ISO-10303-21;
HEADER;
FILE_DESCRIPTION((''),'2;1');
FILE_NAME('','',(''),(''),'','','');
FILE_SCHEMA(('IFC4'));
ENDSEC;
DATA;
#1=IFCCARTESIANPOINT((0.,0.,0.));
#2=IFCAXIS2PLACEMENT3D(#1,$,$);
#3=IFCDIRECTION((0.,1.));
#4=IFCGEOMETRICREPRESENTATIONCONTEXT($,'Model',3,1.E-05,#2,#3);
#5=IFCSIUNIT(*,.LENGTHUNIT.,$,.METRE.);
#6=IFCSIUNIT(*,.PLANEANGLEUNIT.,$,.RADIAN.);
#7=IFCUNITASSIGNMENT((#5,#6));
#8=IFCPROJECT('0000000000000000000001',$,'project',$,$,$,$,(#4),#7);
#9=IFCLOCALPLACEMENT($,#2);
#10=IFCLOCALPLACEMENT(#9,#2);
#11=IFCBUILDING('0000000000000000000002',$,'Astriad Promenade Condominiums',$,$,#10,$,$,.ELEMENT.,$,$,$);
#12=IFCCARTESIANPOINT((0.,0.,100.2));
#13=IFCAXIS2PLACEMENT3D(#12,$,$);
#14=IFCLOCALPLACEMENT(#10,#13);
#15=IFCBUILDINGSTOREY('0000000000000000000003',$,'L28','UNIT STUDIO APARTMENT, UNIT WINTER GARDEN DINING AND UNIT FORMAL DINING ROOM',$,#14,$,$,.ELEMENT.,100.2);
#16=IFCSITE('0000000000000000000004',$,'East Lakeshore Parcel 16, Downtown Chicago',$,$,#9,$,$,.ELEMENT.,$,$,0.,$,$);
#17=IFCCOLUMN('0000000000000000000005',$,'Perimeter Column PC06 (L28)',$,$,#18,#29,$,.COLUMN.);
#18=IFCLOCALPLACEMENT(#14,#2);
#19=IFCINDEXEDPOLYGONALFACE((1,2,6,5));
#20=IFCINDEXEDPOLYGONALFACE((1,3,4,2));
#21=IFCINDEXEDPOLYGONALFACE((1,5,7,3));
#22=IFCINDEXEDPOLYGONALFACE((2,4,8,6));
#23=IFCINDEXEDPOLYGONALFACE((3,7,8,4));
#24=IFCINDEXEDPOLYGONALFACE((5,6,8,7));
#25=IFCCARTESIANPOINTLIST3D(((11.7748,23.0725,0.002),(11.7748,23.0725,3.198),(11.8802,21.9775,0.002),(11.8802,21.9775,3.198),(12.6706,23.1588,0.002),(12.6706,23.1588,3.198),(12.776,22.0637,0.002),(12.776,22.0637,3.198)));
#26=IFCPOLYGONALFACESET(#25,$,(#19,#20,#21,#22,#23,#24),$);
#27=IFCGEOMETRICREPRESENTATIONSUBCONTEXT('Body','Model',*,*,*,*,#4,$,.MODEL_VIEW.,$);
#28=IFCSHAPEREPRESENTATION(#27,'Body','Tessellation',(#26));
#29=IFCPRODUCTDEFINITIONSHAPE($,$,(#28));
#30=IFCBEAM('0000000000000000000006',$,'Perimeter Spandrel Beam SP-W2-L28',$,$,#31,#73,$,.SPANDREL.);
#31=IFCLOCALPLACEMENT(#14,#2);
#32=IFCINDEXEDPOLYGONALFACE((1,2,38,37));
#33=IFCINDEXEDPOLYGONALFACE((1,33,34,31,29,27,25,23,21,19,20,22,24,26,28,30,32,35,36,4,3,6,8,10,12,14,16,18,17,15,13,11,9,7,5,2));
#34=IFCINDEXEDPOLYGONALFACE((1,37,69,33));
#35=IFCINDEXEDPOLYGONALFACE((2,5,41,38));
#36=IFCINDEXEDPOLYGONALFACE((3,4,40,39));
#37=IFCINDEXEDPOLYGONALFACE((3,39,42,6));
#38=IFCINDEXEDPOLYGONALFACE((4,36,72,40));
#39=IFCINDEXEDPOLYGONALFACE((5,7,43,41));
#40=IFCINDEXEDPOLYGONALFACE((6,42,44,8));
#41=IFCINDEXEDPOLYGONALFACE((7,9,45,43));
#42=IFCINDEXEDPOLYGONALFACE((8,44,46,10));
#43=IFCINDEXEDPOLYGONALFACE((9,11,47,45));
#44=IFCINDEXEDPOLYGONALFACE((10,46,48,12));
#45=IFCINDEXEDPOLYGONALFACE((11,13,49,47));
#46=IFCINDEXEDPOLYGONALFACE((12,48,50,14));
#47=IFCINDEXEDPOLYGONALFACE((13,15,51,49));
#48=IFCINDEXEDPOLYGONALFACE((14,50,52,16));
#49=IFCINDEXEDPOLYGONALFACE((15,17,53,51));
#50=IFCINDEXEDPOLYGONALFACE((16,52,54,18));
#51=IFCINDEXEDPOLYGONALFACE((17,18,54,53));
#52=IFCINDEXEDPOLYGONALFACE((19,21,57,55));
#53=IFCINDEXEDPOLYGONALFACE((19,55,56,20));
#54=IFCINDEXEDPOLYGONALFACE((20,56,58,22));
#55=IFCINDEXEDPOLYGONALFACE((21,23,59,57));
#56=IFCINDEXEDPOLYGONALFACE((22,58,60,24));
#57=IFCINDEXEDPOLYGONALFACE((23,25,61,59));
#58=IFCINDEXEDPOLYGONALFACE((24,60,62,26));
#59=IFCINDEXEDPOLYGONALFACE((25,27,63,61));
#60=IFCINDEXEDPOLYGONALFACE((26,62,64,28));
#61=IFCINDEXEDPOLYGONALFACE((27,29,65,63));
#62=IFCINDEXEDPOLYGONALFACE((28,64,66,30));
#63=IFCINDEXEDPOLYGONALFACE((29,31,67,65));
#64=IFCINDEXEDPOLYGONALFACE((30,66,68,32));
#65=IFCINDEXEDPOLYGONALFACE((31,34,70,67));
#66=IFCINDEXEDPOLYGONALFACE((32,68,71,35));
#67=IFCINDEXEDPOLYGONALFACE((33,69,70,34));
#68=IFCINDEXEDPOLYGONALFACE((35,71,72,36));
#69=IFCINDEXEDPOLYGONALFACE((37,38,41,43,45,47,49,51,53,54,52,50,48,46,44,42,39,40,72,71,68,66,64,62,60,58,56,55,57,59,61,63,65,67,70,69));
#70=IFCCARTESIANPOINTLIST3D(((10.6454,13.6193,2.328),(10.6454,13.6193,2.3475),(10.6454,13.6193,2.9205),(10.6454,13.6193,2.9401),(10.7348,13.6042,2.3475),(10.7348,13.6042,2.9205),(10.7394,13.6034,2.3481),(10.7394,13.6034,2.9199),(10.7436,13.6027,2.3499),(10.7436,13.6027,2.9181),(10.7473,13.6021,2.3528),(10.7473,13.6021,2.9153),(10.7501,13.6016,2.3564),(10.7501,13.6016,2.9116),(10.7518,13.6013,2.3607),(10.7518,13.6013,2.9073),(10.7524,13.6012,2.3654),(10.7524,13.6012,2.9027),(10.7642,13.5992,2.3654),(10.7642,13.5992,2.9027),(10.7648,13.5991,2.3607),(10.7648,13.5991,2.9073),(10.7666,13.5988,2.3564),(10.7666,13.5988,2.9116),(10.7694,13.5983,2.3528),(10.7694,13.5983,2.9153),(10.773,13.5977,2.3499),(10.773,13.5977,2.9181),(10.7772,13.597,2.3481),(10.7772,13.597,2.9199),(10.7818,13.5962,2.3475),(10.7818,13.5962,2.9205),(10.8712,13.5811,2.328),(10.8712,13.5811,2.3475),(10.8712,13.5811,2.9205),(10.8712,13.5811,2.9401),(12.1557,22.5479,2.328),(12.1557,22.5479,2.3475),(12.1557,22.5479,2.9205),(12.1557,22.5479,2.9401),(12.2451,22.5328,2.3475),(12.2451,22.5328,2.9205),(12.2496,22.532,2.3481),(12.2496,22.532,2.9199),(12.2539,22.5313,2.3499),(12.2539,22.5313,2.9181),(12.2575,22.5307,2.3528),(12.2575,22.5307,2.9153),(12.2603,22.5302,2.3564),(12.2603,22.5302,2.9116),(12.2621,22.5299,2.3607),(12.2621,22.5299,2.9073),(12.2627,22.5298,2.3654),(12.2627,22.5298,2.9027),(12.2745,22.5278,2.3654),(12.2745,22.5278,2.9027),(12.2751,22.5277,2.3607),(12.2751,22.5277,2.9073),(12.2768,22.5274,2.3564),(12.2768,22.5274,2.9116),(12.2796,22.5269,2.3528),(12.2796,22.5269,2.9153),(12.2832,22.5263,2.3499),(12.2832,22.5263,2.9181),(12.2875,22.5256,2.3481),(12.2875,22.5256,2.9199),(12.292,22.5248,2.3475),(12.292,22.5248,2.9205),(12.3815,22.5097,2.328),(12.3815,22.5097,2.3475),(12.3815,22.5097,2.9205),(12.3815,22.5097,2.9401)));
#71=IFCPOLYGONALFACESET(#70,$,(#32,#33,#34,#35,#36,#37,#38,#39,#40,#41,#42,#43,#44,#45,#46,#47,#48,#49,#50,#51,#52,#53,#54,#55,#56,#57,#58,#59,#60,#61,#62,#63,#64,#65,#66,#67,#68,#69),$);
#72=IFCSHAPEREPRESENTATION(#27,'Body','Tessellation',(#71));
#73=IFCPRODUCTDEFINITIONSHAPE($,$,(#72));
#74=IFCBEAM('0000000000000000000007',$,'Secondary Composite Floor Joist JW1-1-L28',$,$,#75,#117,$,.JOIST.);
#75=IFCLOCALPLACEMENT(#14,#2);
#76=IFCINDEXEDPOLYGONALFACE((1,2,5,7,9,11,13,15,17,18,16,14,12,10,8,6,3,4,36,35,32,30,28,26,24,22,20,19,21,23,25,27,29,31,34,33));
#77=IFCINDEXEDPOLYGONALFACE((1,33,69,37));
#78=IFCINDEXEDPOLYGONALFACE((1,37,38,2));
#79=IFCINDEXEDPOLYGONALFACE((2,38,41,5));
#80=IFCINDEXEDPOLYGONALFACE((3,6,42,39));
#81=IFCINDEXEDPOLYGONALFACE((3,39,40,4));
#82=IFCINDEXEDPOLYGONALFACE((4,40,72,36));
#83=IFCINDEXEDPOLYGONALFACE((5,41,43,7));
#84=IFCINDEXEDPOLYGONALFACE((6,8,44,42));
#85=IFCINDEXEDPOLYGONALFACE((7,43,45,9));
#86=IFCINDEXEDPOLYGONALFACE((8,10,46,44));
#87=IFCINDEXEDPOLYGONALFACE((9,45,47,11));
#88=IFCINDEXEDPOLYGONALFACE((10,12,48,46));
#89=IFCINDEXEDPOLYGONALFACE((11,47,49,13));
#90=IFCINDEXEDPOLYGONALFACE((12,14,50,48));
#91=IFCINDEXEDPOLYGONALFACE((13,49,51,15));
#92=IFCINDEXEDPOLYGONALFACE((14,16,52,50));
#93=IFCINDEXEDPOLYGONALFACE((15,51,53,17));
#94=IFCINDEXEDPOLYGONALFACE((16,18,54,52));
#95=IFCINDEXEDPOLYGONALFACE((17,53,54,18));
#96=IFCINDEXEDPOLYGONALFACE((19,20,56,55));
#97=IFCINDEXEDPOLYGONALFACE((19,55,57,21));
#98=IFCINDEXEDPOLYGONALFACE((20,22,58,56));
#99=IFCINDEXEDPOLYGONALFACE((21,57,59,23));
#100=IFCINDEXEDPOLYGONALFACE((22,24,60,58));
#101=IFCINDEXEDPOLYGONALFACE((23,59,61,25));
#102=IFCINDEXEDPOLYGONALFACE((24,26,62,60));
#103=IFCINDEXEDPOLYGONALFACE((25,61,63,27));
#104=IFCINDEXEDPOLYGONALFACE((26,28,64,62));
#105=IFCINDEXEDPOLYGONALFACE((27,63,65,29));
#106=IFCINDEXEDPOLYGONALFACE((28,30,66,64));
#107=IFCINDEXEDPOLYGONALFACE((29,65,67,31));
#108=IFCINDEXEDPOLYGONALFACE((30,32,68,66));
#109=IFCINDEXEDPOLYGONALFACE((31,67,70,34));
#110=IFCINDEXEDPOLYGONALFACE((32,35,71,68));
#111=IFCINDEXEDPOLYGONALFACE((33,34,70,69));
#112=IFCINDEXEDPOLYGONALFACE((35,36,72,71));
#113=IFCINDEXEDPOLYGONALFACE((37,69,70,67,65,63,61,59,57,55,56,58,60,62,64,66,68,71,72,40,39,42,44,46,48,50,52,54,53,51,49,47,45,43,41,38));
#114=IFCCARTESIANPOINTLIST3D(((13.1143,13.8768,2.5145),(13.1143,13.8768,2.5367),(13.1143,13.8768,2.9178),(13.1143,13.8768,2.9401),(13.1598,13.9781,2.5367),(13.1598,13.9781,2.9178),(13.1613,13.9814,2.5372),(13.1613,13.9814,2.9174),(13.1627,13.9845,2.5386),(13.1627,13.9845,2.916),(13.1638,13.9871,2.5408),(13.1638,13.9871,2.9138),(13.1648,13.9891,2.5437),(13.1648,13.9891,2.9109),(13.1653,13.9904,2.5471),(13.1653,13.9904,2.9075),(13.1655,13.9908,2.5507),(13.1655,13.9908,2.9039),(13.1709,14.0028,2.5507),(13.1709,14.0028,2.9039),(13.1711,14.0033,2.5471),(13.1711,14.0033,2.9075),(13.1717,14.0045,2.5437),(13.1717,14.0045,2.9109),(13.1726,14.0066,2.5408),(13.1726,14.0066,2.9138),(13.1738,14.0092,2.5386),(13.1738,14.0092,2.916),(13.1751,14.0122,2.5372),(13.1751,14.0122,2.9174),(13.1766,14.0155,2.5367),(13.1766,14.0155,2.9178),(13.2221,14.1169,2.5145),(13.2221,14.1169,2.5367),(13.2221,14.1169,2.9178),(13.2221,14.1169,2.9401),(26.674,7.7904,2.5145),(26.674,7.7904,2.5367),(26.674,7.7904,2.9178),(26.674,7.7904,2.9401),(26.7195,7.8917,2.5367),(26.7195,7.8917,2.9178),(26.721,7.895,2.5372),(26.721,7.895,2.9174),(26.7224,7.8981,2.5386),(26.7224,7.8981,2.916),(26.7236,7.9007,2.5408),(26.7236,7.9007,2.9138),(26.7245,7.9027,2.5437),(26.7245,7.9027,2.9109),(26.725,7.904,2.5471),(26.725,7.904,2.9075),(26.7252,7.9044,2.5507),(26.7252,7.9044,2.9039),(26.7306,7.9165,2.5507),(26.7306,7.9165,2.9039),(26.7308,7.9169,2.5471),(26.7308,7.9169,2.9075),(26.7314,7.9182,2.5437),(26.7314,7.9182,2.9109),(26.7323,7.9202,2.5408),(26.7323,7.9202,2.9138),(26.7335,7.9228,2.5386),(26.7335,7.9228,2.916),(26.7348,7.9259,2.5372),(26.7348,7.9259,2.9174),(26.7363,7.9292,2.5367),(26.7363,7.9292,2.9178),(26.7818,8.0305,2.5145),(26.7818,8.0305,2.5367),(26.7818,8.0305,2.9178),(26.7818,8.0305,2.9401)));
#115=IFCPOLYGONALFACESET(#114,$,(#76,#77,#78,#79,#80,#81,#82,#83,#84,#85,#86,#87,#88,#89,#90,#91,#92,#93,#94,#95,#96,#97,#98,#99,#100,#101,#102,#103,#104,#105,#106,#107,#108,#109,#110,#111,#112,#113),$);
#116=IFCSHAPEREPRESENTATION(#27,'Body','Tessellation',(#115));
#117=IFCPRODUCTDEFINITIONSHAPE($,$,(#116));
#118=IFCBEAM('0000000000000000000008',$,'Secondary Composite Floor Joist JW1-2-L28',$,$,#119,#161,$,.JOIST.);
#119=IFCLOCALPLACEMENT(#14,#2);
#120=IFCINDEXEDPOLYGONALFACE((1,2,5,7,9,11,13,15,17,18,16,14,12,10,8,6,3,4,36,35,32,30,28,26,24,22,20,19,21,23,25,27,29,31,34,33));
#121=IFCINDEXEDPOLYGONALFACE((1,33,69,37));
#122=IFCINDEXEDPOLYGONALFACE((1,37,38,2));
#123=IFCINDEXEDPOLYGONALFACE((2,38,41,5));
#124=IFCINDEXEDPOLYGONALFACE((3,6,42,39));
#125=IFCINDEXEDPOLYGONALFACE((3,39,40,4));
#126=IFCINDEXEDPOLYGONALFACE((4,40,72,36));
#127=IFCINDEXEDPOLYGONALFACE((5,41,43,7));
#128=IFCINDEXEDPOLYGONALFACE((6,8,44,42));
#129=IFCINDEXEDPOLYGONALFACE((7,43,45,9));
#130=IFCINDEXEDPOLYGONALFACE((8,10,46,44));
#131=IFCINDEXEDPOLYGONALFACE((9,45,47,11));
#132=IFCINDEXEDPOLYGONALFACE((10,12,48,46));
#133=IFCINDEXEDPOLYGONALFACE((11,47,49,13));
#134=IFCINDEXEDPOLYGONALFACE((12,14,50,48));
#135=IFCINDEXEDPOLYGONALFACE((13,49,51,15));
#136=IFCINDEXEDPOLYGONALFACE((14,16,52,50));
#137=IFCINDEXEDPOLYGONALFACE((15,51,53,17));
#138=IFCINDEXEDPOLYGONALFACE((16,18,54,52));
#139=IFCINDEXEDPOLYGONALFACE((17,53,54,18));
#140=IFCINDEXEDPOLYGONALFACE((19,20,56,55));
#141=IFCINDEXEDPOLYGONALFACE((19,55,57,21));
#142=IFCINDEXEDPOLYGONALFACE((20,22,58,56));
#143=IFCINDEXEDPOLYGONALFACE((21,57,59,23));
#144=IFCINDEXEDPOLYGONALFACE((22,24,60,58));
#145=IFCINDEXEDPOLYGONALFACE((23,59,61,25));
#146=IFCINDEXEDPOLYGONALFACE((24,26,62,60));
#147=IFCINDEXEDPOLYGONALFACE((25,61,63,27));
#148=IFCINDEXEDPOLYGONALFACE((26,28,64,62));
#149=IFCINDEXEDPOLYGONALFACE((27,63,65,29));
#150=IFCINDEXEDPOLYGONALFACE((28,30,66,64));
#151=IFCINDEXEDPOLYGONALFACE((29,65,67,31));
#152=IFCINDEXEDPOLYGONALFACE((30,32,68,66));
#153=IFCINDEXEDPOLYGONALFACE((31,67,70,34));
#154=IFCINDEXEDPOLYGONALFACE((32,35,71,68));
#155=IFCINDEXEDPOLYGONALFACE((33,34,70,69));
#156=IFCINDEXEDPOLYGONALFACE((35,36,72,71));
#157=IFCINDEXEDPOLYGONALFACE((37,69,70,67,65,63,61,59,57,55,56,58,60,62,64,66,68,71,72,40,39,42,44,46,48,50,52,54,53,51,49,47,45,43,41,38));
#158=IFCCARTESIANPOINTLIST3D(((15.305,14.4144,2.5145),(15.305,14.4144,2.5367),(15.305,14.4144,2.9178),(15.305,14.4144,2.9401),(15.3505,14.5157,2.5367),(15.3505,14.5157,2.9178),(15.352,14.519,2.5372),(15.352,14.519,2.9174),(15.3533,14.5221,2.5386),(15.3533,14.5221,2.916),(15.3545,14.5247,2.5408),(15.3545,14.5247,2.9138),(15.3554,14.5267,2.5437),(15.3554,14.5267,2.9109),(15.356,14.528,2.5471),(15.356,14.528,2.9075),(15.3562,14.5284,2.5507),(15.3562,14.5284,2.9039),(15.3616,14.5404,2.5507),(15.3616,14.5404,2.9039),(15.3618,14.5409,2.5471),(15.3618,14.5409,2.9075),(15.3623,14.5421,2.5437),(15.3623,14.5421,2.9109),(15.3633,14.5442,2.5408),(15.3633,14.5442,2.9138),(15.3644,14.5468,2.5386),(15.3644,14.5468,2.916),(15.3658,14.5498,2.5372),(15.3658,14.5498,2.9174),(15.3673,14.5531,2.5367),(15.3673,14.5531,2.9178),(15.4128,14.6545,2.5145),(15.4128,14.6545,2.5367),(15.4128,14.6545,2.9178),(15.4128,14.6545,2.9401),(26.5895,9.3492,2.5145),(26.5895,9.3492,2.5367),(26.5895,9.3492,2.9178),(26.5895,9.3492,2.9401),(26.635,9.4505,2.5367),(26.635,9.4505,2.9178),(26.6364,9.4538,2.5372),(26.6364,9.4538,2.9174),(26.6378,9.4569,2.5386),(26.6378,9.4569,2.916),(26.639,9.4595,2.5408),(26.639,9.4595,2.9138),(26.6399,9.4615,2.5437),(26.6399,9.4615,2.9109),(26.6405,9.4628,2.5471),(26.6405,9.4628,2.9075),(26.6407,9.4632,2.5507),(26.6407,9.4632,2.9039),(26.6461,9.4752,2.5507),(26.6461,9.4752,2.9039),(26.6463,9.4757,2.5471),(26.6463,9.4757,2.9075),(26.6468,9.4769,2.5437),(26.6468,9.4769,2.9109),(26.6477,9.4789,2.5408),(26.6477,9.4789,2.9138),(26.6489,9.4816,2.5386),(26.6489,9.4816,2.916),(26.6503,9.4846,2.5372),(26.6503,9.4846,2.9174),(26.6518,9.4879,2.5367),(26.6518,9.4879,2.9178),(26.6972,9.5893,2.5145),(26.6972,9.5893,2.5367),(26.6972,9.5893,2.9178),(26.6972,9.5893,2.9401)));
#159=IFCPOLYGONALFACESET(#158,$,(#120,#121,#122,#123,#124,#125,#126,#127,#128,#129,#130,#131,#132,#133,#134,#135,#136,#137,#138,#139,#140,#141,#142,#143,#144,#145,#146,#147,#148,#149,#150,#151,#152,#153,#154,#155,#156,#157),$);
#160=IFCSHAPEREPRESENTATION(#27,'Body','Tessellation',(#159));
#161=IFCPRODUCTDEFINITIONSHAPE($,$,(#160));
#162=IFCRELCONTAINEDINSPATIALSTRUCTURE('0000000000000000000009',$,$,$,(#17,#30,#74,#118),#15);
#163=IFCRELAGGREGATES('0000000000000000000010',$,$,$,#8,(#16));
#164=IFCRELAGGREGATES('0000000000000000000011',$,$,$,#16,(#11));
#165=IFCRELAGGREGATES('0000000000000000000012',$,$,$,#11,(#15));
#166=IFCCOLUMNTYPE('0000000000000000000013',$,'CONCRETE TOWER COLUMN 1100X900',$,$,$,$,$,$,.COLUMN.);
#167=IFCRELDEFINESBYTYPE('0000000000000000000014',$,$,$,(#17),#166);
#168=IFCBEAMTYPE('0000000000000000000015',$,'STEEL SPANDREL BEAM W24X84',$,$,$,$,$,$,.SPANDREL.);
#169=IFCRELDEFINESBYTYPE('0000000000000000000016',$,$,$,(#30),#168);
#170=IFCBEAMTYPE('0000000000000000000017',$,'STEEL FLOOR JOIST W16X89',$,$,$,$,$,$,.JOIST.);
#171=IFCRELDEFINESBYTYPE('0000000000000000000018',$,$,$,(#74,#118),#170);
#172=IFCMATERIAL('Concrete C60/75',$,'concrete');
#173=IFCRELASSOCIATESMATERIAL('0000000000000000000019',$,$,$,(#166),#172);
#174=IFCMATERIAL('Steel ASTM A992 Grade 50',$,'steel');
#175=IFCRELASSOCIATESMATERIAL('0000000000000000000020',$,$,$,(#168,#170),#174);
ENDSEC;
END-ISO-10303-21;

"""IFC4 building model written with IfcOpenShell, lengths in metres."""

from ifc_helpers import new_model, si_unit, direction, frame, origin, origin_2d, place, context, subcontext, project, spatial, rectangle, i_section, extrude, source, transform, mapped, material, material_profile, profile_set, type_object, type_shapes, element, save


model = new_model("IFC4")

# Units and contexts
model_context = context("Model", 3, precision=1e-05, world=origin(), true_north=direction((0.0, 1.0)))
body_context = subcontext(model_context, "Body", "Model", "MODEL_VIEW")
ifc_project = project(units=[si_unit("LENGTHUNIT", "METRE"), si_unit("PLANEANGLEUNIT", "RADIAN")], contexts=[model_context])

# Site, building, storey
site_placement = place(None, origin())
site = spatial("IfcSite", under=ifc_project, at=site_placement, Name="East Lakeshore Parcel 16, Downtown Chicago", CompositionType="ELEMENT", RefElevation=0.0)
building_placement = place(site_placement, origin())
building = spatial("IfcBuilding", under=site, at=building_placement, Name="Astriad Promenade Condominiums", CompositionType="ELEMENT")
storey_placement = place(building_placement, frame((0.0, 0.0, 100.2)))
storey = spatial("IfcBuildingStorey", under=building, at=storey_placement, Name="L28", Description="UNIT STUDIO APARTMENT, UNIT WINTER GARDEN DINING AND UNIT FORMAL DINING ROOM", CompositionType="ELEMENT", Elevation=100.2)

# Column
ifc_material_1 = material(Name="Concrete C60/75", Category="concrete")
ifc_material_profile_1 = material_profile(ifc_material_1, rectangle(XDim=0.8999, YDim=1.1001, at=origin_2d()), Name="RC-COL-1100X900")
ifc_profile_set_1 = profile_set([ifc_material_profile_1], Name="Concrete C60/75")
column_type = type_object("IfcColumnType", Name="CONCRETE TOWER COLUMN 1100X900", PredefinedType="COLUMN", material=ifc_profile_set_1)
shared_shape_1 = source(origin(), body_context, "Body", "SweptSolid", [
    extrude(rectangle(XDim=0.8999, YDim=1.1001, at=origin_2d()), origin(), (0.0, 0.0, 1.0), 3.196),
])
type_shapes(column_type, [shared_shape_1])
column_placement = place(storey_placement, frame((12.2754, 22.5681, 0.002), z_axis=(0.0, 0.0, 1.0), x_axis=(0.995396, 0.095846, 0.0)))
element("IfcColumn", 1, at=column_placement, inside=storey, type_object=column_type, Name="Perimeter Column PC06 (L28)", PredefinedType="COLUMN", context=body_context, shape_type="MappedRepresentation", body=[
    mapped(shared_shape_1, transform((0.0, 0.0, 0.0), scale=1.0)),
])

# Beams
ifc_material_2 = material(Name="Steel ASTM A992 Grade 50", Category="steel")
ifc_material_profile_2 = material_profile(ifc_material_2, i_section(OverallWidth=0.229, OverallDepth=0.6121, WebThickness=0.012, FlangeThickness=0.0195, FilletRadius=0.0178, at=origin_2d()), Name="W24X84")
ifc_profile_set_2 = profile_set([ifc_material_profile_2], Name="Steel ASTM A992 Grade 50")
beam_type_1 = type_object("IfcBeamType", Name="STEEL SPANDREL BEAM W24X84", PredefinedType="SPANDREL", material=ifc_profile_set_2)
shared_shape_2 = source(origin(), body_context, "Body", "SweptSolid", [
    extrude(i_section(OverallWidth=0.229, OverallDepth=0.6121, WebThickness=0.012, FlangeThickness=0.0195, FilletRadius=0.0178, at=origin_2d()), origin(), (0.0, 0.0, 1.0), 9.0554),
])
type_shapes(beam_type_1, [shared_shape_2])
beam_1_placement = place(storey_placement, frame((12.2686, 22.5288, 2.634), z_axis=(-0.166777, -0.985995, 0.0), x_axis=(0.985995, -0.166777, 0.0)))
element("IfcBeam", 2, at=beam_1_placement, inside=storey, type_object=beam_type_1, Name="Perimeter Spandrel Beam SP-W2-L28", PredefinedType="SPANDREL", context=body_context, shape_type="MappedRepresentation", body=[
    mapped(shared_shape_2, transform((0.0, 0.0, 0.0), scale=1.0)),
])
ifc_material_profile_3 = material_profile(ifc_material_2, i_section(OverallWidth=0.2632, OverallDepth=0.4255, WebThickness=0.0132, FlangeThickness=0.0222, FilletRadius=0.0139, at=origin_2d()), Name="W16X89")
ifc_profile_set_3 = profile_set([ifc_material_profile_3], Name="Steel ASTM A992 Grade 50")
beam_type_2 = type_object("IfcBeamType", Name="STEEL FLOOR JOIST W16X89", PredefinedType="JOIST", material=ifc_profile_set_3)
shared_shape_3 = source(origin(), body_context, "Body", "SweptSolid", [
    extrude(i_section(OverallWidth=0.2632, OverallDepth=0.4255, WebThickness=0.0132, FlangeThickness=0.0222, FilletRadius=0.0139, at=origin_2d()), origin(), (0.0, 0.0, 1.0), 14.863),
])
beam_2_placement = place(storey_placement, frame((13.1682, 13.9968, 2.7273), z_axis=(0.912311, -0.409498, 0.0), x_axis=(0.409498, 0.912311, 0.0)))
element("IfcBeam", 3, at=beam_2_placement, inside=storey, type_object=beam_type_2, Name="Secondary Composite Floor Joist JW1-1-L28", PredefinedType="JOIST", context=body_context, shape_type="MappedRepresentation", body=[
    mapped(shared_shape_3, transform((0.0, 0.0, 0.0), scale=1.0)),
])
shared_shape_4 = source(origin(), body_context, "Body", "SweptSolid", [
    extrude(i_section(OverallWidth=0.2632, OverallDepth=0.4255, WebThickness=0.0132, FlangeThickness=0.0222, FilletRadius=0.0139, at=origin_2d()), origin(), (0.0, 0.0, 1.0), 12.3691),
])
beam_3_placement = place(storey_placement, frame((15.3589, 14.5344, 2.7273), z_axis=(0.912309, -0.409504, 0.0), x_axis=(0.409504, 0.912309, 0.0)))
element("IfcBeam", 4, at=beam_3_placement, inside=storey, type_object=beam_type_2, Name="Secondary Composite Floor Joist JW1-2-L28", PredefinedType="JOIST", context=body_context, shape_type="MappedRepresentation", body=[
    mapped(shared_shape_4, transform((0.0, 0.0, 0.0), scale=1.0)),
])

save(model, "model.ifc")
